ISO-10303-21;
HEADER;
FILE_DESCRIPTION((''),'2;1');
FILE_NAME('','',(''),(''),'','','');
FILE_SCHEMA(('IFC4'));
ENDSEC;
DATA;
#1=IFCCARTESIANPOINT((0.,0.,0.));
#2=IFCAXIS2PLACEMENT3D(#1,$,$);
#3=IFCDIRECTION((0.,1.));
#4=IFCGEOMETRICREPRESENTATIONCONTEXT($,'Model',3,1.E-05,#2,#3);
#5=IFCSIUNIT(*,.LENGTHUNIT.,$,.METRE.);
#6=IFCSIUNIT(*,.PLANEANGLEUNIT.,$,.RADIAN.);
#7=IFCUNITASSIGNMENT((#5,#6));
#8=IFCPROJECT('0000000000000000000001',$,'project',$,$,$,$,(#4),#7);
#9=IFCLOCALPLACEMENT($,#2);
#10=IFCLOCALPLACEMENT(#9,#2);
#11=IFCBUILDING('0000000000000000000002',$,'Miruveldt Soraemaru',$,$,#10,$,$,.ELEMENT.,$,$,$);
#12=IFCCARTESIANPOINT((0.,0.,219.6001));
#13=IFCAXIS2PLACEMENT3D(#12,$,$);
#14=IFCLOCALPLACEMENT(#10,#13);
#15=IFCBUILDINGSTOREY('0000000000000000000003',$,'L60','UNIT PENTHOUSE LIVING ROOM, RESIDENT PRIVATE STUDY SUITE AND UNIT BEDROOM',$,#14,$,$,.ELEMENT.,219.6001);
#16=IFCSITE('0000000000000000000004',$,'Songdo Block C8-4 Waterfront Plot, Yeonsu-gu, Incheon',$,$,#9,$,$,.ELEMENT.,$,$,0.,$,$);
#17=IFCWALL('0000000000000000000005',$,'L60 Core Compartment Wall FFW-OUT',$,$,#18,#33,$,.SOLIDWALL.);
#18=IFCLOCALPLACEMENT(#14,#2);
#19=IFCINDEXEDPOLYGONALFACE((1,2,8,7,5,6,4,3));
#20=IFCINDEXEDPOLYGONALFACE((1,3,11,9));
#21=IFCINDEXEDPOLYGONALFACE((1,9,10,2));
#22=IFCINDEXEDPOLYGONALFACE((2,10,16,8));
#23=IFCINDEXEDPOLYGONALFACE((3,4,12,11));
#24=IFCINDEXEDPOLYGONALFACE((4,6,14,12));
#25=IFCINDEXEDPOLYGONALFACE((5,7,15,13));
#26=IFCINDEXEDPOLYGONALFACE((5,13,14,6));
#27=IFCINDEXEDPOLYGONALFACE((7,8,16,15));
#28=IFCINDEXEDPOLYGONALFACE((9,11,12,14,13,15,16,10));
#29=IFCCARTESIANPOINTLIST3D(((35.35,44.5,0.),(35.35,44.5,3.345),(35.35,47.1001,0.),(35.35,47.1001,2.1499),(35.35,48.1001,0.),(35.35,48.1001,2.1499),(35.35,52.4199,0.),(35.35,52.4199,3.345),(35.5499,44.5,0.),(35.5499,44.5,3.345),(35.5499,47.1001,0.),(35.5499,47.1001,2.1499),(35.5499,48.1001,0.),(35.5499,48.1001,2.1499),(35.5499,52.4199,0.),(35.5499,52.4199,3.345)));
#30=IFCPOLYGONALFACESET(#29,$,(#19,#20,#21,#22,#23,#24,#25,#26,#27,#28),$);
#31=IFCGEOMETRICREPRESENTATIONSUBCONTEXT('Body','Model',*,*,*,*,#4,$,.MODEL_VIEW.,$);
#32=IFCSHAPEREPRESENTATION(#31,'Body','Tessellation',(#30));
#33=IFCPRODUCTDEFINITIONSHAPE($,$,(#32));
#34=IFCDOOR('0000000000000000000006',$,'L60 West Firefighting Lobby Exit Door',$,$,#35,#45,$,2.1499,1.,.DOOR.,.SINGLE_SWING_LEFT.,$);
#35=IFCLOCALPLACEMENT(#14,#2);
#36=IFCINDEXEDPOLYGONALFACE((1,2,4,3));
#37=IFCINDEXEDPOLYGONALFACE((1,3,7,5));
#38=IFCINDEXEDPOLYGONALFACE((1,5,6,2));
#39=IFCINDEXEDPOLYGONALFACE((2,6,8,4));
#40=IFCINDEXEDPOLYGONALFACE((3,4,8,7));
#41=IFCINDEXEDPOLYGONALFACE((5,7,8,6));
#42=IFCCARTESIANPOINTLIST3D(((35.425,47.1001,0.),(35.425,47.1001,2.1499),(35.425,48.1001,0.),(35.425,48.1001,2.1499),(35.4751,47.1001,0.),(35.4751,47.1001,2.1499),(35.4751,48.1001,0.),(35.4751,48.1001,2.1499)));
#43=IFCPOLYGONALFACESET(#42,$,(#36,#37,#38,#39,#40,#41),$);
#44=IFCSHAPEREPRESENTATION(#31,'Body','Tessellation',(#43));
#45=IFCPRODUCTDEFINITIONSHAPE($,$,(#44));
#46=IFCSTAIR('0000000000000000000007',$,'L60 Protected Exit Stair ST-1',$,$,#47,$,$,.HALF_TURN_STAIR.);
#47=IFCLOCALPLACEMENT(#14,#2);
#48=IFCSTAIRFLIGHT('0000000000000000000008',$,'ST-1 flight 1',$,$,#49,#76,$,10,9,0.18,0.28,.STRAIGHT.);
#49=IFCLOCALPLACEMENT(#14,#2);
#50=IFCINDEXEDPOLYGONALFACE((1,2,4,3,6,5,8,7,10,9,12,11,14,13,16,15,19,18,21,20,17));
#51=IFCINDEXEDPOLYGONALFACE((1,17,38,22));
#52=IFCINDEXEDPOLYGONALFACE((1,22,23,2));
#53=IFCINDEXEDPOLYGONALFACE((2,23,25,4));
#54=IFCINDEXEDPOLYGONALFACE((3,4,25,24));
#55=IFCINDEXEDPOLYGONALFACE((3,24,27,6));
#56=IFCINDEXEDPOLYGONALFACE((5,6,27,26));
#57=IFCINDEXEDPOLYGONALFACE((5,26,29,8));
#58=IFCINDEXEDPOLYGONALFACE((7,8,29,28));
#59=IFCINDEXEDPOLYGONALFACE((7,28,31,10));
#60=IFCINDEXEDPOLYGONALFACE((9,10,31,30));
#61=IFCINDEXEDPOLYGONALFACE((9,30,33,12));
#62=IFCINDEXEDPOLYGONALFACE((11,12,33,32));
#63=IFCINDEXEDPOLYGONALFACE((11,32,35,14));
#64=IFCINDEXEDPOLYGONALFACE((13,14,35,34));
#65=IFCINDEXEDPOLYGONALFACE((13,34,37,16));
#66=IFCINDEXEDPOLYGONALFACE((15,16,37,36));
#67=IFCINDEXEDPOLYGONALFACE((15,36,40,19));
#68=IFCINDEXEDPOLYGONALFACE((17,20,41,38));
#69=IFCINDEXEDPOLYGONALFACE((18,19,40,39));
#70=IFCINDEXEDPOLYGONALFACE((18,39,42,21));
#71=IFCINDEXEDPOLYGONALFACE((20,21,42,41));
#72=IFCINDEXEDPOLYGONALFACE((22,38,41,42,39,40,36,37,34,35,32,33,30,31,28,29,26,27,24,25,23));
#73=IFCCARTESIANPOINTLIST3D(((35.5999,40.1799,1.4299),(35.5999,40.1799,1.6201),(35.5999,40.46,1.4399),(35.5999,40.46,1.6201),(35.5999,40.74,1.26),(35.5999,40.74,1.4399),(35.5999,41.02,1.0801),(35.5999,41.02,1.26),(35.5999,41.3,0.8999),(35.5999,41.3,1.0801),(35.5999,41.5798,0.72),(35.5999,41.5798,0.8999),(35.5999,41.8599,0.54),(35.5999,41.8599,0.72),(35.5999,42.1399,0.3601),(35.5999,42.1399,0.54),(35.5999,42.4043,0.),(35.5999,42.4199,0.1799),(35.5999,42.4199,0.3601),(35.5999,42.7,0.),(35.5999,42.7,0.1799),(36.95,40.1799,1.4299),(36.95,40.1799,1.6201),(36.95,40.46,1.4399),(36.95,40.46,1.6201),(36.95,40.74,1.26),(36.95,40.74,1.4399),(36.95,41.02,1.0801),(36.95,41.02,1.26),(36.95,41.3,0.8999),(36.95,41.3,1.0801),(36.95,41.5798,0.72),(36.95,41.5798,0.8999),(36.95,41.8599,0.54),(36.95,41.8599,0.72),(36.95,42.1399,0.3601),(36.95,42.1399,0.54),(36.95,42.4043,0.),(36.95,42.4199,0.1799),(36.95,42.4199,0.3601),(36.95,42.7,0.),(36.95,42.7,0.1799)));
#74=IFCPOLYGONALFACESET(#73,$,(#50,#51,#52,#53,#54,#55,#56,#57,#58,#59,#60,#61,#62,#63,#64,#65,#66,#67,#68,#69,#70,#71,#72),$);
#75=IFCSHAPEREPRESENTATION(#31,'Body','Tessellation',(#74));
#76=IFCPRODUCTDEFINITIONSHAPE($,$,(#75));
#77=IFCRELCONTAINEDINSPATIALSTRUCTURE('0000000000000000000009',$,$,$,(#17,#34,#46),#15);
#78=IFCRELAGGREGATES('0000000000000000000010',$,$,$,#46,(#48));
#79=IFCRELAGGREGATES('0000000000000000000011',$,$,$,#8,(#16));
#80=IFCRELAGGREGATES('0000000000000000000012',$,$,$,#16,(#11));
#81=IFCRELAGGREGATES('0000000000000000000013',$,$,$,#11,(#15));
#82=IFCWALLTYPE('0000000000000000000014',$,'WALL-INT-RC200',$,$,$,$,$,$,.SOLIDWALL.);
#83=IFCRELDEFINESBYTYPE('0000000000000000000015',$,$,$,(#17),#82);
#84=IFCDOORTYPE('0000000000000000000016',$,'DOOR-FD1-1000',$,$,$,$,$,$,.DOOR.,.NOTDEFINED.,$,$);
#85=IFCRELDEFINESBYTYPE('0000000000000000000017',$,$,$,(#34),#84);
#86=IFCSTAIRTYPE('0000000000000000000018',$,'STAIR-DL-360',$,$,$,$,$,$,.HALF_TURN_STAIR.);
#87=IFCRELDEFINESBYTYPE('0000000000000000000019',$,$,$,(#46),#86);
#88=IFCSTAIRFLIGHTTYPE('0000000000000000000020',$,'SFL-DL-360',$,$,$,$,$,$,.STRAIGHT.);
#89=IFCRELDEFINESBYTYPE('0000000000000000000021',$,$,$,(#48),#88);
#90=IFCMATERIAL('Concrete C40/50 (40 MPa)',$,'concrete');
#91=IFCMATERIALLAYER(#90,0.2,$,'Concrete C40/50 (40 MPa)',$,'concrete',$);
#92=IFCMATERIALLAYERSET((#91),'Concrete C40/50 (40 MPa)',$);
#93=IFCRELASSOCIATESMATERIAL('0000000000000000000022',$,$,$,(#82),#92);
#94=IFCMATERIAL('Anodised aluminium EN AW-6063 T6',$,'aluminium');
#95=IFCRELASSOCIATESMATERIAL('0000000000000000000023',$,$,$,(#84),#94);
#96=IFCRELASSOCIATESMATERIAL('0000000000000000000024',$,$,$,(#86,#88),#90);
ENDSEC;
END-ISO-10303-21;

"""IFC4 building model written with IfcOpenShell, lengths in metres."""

from ifc_helpers import new_model, si_unit, direction, frame, frame_2d, origin, place, context, subcontext, project, spatial, polyline, rectangle, outline, extrude, material, layer, layer_set, type_object, element, fill, aggregate, save


model = new_model("IFC4")

# Units and contexts
model_context = context("Model", 3, precision=1e-05, world=origin(), true_north=direction((0.0, 1.0)))
body_context = subcontext(model_context, "Body", "Model", "MODEL_VIEW")
ifc_project = project(units=[si_unit("LENGTHUNIT", "METRE"), si_unit("PLANEANGLEUNIT", "RADIAN")], contexts=[model_context])

# Site, building, storey
site_placement = place(None, origin())
site = spatial("IfcSite", under=ifc_project, at=site_placement, Name="Songdo Block C8-4 Waterfront Plot, Yeonsu-gu, Incheon", CompositionType="ELEMENT", RefElevation=0.0)
building_placement = place(site_placement, origin())
building = spatial("IfcBuilding", under=site, at=building_placement, Name="Miruveldt Soraemaru", CompositionType="ELEMENT")
storey_placement = place(building_placement, frame((0.0, 0.0, 219.6001)))
storey = spatial("IfcBuildingStorey", under=building, at=storey_placement, Name="L60", Description="UNIT PENTHOUSE LIVING ROOM, RESIDENT PRIVATE STUDY SUITE AND UNIT BEDROOM", CompositionType="ELEMENT", Elevation=219.6001)

# Shared definitions
ifc_material_1 = material(Name="Concrete C40/50 (40 MPa)", Category="concrete")

# Wall, opening, door
ifc_layer_1 = layer(ifc_material_1, 0.2, Name="Concrete C40/50 (40 MPa)", Category="concrete")
ifc_layer_set_1 = layer_set([ifc_layer_1], Name="Concrete C40/50 (40 MPa)")
wall_type_1 = type_object("IfcWallType", Name="WALL-INT-RC200", PredefinedType="SOLIDWALL", material=ifc_layer_set_1)
wall_1_placement = place(storey_placement, frame((35.45, 44.5, 0.0), z_axis=(0.0, 0.0, 1.0), x_axis=(0.0, 1.0, 0.0)))
wall_1 = element("IfcWall", 1, at=wall_1_placement, inside=storey, type_object=wall_type_1, Name="L60 Core Compartment Wall FFW-OUT", PredefinedType="SOLIDWALL", context=body_context, shape_type="SweptSolid", body=[
    extrude(rectangle(XDim=7.9199, YDim=0.2, at=frame_2d((3.96, 0.0))), origin(), (0.0, 0.0, 1.0), 3.345),
])
opening_1_placement = place(wall_1_placement, frame((2.6001, 0.0, 0.0)))
opening_1 = element("IfcOpeningElement", 2, at=opening_1_placement, cuts=wall_1, PredefinedType="OPENING", context=body_context, shape_type="SweptSolid", body=[
    extrude(rectangle(XDim=1.0, YDim=2.1499, at=frame_2d((0.5, 1.075))), frame((0.0, 0.1099, 0.0), z_axis=(0.0, -1.0, 0.0), x_axis=(1.0, 0.0, 0.0)), (0.0, 0.0, 1.0), 0.22),
])
ifc_material_2 = material(Name="Anodised aluminium EN AW-6063 T6", Category="aluminium")
door_type_1 = type_object("IfcDoorType", Name="DOOR-FD1-1000", OperationType="NOTDEFINED", PredefinedType="DOOR", material=ifc_material_2)
door_1_placement = place(opening_1_placement, origin())
door_1 = element("IfcDoor", 3, at=door_1_placement, inside=storey, type_object=door_type_1, Name="L60 West Firefighting Lobby Exit Door", OperationType="SINGLE_SWING_LEFT", OverallHeight=2.1499, OverallWidth=1.0, PredefinedType="DOOR", context=body_context, shape_type="SweptSolid", body=[
    extrude(rectangle(XDim=1.0, YDim=2.1499, at=frame_2d((0.5, 1.075))), frame((0.0, 0.0249, 0.0), z_axis=(0.0, -1.0, 0.0), x_axis=(1.0, 0.0, 0.0)), (0.0, 0.0, 1.0), 0.05),
])
fill(opening_1, door_1)

# Stair, stair flight
stair_type = type_object("IfcStairType", Name="STAIR-DL-360", PredefinedType="HALF_TURN_STAIR", material=ifc_material_1)
stair_placement = place(storey_placement, origin())
stair = element("IfcStair", 4, at=stair_placement, inside=storey, type_object=stair_type, Name="L60 Protected Exit Stair ST-1", PredefinedType="HALF_TURN_STAIR")
stair_flight_type = type_object("IfcStairFlightType", Name="SFL-DL-360", PredefinedType="STRAIGHT", material=ifc_material_1)
stair_flight_placement = place(storey_placement, frame((36.2749, 42.7, 0.0), z_axis=(0.0, 0.0, 1.0), x_axis=(0.0, -1.0, 0.0)))
stair_flight = element("IfcStairFlight", 5, at=stair_flight_placement, type_object=stair_flight_type, Name="ST-1 flight 1", NumberOfRisers=10, NumberOfTreads=9, PredefinedType="STRAIGHT", RiserHeight=0.18, TreadLength=0.28, context=body_context, shape_type="SweptSolid", body=[
    extrude(outline(polyline([(0.0, 0.0), (0.0, 0.1799), (0.28, 0.1799), (0.28, 0.3601), (0.5601, 0.3601), (0.5601, 0.54), (0.8401, 0.54), (0.8401, 0.72), (1.1201, 0.72), (1.1201, 0.8999), (1.3999, 0.8999), (1.3999, 1.0801), (1.6799, 1.0801), (1.6799, 1.26), (1.96, 1.26), (1.96, 1.4399), (2.24, 1.4399), (2.24, 1.6201), (2.52, 1.6201), (2.52, 1.8), (2.52, 1.4299), (0.2957, 0.0), (0.0, 0.0)])), frame((0.0, 0.675, 0.0), z_axis=(0.0, -1.0, 0.0), x_axis=(1.0, 0.0, 0.0)), (0.0, 0.0, 1.0), 1.3501),
])
aggregate(stair, [stair_flight])

save(model, "model.ifc")
